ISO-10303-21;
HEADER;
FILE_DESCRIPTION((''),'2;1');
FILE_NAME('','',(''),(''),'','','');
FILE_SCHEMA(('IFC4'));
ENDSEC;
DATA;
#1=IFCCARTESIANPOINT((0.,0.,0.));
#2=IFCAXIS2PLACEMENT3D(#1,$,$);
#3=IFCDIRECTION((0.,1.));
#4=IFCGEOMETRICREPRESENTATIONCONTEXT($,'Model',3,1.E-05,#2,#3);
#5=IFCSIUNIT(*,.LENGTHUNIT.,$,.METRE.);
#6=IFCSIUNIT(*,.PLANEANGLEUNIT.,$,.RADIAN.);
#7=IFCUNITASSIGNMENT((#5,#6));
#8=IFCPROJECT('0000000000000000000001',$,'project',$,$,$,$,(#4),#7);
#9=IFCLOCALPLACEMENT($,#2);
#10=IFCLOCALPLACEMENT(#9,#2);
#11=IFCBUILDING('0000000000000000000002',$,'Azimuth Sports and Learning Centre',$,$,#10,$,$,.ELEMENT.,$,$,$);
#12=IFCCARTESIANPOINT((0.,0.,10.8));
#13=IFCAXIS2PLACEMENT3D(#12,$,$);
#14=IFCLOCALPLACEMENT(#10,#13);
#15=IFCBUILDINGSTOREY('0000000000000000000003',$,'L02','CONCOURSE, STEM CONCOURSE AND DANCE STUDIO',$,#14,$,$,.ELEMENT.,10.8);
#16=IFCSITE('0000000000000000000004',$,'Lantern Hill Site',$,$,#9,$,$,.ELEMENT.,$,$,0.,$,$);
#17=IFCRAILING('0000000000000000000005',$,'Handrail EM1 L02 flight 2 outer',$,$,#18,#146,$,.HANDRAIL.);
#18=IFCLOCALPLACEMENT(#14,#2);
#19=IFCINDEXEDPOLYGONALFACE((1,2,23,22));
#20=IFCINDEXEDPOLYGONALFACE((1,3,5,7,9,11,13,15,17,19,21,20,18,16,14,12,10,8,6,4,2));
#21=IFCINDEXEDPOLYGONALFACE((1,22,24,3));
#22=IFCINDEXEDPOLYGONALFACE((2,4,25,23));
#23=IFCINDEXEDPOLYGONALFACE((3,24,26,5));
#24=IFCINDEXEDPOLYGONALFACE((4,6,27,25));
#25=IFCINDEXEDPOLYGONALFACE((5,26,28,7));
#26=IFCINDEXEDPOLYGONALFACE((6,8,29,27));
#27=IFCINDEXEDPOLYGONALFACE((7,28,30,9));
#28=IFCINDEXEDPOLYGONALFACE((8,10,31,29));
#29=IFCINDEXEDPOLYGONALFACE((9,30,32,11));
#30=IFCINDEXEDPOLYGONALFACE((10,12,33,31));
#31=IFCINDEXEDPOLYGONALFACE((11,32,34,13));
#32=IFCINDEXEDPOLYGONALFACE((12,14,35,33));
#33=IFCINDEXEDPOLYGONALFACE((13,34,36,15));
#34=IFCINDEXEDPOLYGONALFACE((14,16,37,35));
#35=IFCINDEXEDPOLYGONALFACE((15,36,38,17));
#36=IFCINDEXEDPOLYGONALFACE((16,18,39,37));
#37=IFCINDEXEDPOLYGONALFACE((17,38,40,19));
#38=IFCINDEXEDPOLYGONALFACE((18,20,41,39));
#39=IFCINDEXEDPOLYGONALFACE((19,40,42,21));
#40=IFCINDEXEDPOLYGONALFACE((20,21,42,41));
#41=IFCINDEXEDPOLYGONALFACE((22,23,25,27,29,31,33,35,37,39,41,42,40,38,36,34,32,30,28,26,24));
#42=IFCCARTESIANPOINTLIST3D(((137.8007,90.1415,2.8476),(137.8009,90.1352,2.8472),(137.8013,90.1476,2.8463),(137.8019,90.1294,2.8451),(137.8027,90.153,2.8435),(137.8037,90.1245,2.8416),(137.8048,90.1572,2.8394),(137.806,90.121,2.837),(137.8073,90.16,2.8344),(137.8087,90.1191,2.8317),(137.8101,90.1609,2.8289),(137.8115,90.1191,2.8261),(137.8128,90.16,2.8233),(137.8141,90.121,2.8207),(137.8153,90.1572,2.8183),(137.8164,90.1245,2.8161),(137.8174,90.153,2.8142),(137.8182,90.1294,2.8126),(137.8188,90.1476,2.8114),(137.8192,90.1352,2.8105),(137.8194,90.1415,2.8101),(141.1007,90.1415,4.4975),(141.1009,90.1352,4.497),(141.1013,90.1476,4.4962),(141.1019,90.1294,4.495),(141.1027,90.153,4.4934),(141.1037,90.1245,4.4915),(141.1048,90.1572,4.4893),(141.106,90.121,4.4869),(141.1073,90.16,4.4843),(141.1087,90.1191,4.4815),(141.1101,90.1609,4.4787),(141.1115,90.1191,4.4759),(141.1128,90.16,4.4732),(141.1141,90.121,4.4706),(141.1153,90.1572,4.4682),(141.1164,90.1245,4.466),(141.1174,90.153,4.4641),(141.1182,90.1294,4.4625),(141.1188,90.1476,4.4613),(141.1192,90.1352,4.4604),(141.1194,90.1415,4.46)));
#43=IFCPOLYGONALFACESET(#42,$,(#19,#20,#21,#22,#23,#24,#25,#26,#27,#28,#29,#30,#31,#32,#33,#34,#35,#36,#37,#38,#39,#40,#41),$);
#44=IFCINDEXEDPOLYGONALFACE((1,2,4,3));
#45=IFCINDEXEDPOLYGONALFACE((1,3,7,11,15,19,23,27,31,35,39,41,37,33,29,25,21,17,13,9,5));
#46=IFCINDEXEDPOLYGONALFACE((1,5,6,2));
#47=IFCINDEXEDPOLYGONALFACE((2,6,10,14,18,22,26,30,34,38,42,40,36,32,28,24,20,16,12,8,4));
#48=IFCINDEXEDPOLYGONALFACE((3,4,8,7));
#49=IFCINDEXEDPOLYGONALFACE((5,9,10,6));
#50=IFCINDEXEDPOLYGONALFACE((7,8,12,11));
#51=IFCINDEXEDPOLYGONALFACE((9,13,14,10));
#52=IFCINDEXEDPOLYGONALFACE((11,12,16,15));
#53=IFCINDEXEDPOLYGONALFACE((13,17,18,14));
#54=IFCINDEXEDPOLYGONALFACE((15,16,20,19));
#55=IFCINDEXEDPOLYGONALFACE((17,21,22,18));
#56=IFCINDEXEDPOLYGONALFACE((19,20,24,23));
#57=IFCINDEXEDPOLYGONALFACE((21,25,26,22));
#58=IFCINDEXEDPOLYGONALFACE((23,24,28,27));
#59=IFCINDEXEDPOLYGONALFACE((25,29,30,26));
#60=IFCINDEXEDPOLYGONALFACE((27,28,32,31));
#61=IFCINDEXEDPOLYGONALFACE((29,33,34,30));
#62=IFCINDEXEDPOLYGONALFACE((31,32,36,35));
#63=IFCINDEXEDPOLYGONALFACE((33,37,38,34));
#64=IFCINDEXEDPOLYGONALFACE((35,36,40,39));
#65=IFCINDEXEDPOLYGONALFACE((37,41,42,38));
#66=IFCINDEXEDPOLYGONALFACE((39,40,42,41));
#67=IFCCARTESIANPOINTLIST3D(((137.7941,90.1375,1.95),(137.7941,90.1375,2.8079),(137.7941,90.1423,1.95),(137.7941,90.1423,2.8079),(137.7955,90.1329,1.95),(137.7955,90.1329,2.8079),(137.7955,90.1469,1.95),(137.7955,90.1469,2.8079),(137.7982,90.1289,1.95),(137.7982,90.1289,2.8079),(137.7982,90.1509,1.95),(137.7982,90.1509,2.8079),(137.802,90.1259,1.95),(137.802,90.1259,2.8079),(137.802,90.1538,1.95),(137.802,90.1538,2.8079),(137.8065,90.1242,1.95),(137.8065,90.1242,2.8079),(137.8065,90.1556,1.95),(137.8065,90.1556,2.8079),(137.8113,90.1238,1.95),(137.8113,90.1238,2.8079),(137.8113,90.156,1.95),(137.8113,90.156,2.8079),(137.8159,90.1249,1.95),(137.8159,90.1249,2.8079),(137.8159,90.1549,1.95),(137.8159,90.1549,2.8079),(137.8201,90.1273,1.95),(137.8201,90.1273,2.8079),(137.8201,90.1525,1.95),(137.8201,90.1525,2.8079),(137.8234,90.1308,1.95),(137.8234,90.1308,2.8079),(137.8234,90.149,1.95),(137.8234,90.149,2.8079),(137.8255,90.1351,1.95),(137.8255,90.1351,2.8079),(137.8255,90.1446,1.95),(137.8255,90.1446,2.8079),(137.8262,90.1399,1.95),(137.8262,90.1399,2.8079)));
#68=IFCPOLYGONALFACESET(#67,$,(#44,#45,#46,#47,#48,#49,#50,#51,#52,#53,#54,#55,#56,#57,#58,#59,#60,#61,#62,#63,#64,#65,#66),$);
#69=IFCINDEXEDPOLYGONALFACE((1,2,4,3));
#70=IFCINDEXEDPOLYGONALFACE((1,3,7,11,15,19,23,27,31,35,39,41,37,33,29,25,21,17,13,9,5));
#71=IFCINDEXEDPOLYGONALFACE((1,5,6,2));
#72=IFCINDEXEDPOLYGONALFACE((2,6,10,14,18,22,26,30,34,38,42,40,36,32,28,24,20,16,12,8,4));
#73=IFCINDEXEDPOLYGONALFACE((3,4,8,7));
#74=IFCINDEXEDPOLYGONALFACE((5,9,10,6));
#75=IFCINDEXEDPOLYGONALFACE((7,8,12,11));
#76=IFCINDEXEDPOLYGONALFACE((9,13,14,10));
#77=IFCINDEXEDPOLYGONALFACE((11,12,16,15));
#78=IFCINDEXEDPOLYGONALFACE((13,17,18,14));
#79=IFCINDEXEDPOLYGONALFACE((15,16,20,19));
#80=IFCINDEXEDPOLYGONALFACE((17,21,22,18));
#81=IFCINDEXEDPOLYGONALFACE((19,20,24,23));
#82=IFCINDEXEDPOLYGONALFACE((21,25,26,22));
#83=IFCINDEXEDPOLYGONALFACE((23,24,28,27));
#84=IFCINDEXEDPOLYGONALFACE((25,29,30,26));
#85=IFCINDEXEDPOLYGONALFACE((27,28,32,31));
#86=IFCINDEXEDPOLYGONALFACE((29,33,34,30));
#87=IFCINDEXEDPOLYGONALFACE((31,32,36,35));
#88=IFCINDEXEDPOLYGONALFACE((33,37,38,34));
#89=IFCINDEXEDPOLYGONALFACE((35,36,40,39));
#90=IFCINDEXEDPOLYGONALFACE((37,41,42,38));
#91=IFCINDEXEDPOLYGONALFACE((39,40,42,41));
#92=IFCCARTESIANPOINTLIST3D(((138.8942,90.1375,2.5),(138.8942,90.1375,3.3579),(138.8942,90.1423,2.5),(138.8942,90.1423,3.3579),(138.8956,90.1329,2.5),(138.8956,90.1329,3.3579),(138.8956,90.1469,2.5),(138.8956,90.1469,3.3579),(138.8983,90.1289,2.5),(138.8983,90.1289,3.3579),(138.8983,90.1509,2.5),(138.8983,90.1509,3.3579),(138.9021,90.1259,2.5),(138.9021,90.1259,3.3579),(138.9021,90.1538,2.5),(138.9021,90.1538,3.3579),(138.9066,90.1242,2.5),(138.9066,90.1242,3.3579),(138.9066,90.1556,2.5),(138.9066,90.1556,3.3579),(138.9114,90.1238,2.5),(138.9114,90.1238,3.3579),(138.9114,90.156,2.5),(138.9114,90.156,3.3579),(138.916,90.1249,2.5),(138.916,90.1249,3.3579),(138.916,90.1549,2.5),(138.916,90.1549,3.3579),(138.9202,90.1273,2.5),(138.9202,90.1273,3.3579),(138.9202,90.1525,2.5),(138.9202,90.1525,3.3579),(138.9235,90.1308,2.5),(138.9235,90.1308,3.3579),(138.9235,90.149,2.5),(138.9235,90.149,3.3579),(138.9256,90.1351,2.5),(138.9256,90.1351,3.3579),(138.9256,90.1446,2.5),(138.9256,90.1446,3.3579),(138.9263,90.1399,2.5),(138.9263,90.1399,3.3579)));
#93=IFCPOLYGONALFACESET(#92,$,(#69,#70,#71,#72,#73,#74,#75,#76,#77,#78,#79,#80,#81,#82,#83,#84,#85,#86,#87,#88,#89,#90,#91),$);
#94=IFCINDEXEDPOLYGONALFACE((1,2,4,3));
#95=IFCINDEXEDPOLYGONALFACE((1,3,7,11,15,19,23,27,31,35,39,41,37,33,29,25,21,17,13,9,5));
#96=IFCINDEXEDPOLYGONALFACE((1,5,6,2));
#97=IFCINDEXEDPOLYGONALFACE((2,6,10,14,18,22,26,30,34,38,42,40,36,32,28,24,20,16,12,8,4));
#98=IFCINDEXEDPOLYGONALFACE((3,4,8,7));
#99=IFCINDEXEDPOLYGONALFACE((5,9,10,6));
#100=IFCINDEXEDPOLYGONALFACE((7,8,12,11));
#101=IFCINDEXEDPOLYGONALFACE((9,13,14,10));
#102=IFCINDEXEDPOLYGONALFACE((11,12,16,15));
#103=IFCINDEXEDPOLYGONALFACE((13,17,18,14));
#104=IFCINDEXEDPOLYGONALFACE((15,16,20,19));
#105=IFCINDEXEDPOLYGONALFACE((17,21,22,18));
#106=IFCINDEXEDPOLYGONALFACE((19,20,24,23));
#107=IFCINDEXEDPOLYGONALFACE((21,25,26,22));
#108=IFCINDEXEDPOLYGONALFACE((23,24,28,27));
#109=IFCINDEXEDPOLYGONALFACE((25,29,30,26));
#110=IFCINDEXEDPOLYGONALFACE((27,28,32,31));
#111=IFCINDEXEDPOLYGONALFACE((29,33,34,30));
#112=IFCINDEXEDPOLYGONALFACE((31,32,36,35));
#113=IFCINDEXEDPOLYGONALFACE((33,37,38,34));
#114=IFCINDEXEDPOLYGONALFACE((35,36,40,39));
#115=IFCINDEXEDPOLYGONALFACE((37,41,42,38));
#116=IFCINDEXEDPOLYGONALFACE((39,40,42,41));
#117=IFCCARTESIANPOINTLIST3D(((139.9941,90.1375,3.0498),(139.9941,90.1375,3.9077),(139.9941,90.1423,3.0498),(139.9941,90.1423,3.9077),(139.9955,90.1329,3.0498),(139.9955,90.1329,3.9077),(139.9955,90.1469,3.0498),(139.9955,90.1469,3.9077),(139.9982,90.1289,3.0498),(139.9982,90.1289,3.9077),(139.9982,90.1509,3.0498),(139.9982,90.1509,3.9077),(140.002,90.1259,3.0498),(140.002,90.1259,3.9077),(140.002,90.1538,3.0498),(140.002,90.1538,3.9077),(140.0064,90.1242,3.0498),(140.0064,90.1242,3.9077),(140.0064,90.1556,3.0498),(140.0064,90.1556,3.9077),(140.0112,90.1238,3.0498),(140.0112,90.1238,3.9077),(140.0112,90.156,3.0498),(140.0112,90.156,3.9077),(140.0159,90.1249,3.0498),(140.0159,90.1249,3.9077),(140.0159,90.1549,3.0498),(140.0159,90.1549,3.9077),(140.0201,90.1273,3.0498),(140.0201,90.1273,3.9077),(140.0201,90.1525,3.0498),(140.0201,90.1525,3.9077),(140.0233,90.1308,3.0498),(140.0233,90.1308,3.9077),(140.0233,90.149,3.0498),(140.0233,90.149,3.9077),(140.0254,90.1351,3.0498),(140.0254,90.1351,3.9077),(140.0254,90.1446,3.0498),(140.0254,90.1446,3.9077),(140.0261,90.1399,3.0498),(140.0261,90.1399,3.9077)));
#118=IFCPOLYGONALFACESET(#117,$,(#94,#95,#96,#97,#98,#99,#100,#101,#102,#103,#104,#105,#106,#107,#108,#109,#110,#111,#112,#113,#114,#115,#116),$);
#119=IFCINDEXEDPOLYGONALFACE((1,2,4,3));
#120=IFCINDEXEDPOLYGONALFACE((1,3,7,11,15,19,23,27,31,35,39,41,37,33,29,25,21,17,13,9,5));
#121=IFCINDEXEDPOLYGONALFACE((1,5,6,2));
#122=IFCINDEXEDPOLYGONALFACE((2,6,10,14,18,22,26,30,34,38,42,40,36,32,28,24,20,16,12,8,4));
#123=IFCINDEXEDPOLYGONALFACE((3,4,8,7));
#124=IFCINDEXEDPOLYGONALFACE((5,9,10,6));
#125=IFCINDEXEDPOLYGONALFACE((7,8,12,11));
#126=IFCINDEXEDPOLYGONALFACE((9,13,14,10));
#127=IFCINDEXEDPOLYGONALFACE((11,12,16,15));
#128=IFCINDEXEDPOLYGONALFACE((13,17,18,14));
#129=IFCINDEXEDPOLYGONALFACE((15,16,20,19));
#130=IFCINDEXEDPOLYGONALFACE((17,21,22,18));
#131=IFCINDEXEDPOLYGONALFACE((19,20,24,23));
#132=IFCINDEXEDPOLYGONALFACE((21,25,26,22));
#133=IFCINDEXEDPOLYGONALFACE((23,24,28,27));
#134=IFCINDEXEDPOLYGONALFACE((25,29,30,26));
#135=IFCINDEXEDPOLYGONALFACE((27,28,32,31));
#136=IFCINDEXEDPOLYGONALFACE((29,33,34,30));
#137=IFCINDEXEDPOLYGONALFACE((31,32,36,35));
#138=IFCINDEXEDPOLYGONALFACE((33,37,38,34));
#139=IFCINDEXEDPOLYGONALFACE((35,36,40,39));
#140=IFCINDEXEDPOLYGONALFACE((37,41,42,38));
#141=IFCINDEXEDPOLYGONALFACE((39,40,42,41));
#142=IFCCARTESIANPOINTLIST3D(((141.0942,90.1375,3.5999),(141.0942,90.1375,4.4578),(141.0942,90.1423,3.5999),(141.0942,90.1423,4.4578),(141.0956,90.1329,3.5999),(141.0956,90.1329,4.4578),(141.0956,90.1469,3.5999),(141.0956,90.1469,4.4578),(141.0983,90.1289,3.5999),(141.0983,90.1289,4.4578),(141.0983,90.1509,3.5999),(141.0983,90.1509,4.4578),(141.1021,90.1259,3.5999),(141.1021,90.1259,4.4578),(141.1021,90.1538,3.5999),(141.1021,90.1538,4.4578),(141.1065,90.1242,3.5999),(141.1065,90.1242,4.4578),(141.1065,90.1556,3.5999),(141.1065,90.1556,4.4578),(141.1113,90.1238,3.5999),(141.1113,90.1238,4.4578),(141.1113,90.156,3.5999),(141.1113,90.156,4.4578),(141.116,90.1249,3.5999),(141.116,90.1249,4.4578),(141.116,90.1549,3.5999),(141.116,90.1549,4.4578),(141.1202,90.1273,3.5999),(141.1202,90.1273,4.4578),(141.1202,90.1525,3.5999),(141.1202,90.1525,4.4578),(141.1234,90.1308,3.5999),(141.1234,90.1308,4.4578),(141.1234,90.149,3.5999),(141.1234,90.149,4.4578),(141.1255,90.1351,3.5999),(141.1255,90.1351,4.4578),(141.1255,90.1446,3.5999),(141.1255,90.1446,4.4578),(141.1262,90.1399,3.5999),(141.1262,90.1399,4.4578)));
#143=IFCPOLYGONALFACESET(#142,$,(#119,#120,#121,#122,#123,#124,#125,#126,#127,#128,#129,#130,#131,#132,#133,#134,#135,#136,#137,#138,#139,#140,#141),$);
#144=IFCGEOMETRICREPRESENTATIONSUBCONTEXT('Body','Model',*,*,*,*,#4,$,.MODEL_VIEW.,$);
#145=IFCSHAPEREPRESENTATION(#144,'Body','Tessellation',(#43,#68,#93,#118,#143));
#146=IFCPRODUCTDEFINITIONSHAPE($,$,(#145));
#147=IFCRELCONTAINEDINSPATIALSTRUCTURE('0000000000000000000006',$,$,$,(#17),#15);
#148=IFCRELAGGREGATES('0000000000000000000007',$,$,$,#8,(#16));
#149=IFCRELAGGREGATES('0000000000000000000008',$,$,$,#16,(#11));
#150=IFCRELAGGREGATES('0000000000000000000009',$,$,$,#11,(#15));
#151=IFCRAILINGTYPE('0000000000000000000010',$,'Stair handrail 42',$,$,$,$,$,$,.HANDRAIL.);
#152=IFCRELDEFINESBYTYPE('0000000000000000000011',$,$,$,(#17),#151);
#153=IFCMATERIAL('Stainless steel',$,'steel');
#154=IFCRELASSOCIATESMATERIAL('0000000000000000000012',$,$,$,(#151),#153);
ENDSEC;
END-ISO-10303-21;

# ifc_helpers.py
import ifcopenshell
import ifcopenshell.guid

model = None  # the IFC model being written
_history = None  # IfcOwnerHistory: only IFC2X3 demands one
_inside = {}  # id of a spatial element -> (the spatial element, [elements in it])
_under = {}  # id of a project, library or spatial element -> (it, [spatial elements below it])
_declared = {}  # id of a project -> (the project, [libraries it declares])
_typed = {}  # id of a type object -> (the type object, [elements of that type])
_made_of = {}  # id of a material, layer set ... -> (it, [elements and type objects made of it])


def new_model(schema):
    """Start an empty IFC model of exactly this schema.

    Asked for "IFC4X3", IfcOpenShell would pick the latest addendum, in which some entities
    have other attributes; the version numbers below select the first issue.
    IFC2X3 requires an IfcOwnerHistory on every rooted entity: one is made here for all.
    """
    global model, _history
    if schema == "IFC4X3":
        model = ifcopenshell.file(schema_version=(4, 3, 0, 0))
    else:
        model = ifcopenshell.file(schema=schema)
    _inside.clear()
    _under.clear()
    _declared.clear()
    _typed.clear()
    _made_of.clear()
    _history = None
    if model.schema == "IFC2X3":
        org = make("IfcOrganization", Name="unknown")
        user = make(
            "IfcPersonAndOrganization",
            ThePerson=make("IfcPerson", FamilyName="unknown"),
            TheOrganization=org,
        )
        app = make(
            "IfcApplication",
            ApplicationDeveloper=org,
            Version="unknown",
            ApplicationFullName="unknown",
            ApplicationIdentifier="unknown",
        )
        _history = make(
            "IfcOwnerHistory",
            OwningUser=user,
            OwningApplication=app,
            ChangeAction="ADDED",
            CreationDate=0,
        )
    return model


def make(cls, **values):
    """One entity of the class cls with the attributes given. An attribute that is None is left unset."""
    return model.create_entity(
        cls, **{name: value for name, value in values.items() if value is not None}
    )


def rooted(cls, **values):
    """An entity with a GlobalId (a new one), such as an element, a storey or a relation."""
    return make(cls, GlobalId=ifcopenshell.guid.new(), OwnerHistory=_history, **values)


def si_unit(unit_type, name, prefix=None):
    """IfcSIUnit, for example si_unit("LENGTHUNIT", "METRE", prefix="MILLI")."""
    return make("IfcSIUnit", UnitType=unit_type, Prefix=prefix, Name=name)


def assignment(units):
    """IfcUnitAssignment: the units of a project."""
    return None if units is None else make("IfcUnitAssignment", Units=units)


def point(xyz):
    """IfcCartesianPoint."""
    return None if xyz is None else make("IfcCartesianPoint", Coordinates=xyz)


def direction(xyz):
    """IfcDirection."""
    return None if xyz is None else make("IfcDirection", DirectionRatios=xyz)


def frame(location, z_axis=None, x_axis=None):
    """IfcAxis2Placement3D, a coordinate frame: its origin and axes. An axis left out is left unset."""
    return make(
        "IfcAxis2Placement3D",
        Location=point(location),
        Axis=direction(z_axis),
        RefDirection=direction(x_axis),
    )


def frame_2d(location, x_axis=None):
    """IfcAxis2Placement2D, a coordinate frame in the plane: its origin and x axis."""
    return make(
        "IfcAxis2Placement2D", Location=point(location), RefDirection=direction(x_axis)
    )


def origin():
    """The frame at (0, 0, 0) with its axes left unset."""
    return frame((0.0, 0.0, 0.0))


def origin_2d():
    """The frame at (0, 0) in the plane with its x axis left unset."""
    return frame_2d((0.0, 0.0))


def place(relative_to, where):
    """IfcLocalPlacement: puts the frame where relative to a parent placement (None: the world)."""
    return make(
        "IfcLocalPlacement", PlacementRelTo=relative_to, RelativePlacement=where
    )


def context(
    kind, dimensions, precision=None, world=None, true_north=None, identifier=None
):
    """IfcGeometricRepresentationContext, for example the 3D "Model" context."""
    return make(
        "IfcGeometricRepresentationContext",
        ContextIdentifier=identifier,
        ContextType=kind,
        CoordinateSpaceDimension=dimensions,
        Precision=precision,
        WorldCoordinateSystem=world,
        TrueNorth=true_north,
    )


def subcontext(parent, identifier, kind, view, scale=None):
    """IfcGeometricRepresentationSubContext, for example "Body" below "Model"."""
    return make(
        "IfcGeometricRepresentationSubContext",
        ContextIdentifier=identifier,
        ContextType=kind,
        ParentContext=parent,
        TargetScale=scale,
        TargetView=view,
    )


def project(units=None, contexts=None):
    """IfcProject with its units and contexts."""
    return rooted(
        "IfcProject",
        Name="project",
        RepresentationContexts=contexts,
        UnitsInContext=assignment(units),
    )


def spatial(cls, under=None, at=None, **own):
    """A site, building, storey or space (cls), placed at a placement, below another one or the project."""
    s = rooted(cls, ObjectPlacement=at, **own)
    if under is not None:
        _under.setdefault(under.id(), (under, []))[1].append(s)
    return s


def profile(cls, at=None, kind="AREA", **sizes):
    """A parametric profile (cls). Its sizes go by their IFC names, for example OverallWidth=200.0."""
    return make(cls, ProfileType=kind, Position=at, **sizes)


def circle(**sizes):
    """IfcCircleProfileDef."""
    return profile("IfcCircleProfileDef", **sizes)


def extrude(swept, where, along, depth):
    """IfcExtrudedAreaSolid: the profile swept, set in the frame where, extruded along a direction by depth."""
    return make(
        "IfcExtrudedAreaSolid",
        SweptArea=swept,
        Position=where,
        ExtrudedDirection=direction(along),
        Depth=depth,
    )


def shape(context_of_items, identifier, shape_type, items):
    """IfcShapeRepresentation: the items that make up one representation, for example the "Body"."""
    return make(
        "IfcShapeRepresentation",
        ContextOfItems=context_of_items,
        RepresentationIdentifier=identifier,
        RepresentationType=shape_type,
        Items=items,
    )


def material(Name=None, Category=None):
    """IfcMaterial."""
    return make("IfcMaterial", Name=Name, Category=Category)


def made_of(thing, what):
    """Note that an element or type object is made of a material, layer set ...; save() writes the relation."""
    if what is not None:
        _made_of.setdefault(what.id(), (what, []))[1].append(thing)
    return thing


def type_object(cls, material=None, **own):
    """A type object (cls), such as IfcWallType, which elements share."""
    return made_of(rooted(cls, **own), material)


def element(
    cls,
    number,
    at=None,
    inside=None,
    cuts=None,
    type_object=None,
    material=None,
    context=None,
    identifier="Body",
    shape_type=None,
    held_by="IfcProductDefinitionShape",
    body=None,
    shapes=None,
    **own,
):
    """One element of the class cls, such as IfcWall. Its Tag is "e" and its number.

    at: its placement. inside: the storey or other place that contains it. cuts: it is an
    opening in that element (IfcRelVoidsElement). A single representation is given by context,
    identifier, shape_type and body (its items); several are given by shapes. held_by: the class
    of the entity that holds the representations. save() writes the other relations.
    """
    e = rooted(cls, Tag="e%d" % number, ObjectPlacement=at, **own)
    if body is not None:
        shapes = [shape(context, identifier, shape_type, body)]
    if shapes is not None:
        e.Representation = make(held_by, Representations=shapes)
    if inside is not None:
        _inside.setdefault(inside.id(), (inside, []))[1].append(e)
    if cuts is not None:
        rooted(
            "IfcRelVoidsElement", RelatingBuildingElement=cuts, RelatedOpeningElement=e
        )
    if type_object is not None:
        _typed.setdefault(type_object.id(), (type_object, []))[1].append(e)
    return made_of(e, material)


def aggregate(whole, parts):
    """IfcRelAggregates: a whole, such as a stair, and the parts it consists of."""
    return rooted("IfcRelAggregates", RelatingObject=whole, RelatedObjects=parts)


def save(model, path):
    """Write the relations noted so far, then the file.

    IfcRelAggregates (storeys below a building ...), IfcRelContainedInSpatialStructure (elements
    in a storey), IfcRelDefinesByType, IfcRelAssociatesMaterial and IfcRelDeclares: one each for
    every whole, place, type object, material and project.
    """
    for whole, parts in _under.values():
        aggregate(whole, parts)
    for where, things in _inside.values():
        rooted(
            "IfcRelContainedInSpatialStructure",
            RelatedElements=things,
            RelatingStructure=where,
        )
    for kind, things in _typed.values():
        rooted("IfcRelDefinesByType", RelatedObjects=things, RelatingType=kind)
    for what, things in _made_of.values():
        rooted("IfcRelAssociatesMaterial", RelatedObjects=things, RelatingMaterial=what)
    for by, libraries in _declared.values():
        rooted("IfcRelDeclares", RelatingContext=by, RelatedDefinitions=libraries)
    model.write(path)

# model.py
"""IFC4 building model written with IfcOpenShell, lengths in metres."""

from ifc_helpers import new_model, si_unit, direction, frame, origin, origin_2d, place, context, subcontext, project, spatial, circle, extrude, material, type_object, element, save


model = new_model("IFC4")

# Units and contexts
model_context = context("Model", 3, precision=1e-05, world=origin(), true_north=direction((0.0, 1.0)))
body_context = subcontext(model_context, "Body", "Model", "MODEL_VIEW")
ifc_project = project(units=[si_unit("LENGTHUNIT", "METRE"), si_unit("PLANEANGLEUNIT", "RADIAN")], contexts=[model_context])

# Site, building, storey
site_placement = place(None, origin())
site = spatial("IfcSite", under=ifc_project, at=site_placement, Name="Lantern Hill Site", CompositionType="ELEMENT", RefElevation=0.0)
building_placement = place(site_placement, origin())
building = spatial("IfcBuilding", under=site, at=building_placement, Name="Azimuth Sports and Learning Centre", CompositionType="ELEMENT")
storey_placement = place(building_placement, frame((0.0, 0.0, 10.8)))
storey = spatial("IfcBuildingStorey", under=building, at=storey_placement, Name="L02", Description="CONCOURSE, STEM CONCOURSE AND DANCE STUDIO", CompositionType="ELEMENT", Elevation=10.8)

# Railing
ifc_material_1 = material(Name="Stainless steel", Category="steel")
railing_type = type_object("IfcRailingType", Name="Stair handrail 42", PredefinedType="HANDRAIL", material=ifc_material_1)
for number, where, name in (
    (1, (137.8101, 90.1399, 1.95), "Handrail EM1 L02 flight 2 outer"),
):
    element("IfcRailing", number, at=place(storey_placement, frame(where)), inside=storey, type_object=railing_type, Name=name, PredefinedType="HANDRAIL", context=body_context, shape_type="SweptSolid", body=[
        extrude(circle(Radius=0.021, at=origin_2d()), frame((0.0, 0.0, 0.8789), z_axis=(0.89444, 0.0, 0.447187), x_axis=(0.0, 1.0, 0.0)), (0.0, 0.0, 1.0), 3.6895),
        extrude(circle(Radius=0.0161, at=origin_2d()), origin(), (0.0, 0.0, 1.0), 0.8579),
        extrude(circle(Radius=0.0161, at=origin_2d()), frame((1.1001, 0.0, 0.55)), (0.0, 0.0, 1.0), 0.8579),
        extrude(circle(Radius=0.0161, at=origin_2d()), frame((2.2, 0.0, 1.0999)), (0.0, 0.0, 1.0), 0.8579),
        extrude(circle(Radius=0.0161, at=origin_2d()), frame((3.3, 0.0, 1.6499)), (0.0, 0.0, 1.0), 0.8579),
    ])

save(model, "model.ifc")
